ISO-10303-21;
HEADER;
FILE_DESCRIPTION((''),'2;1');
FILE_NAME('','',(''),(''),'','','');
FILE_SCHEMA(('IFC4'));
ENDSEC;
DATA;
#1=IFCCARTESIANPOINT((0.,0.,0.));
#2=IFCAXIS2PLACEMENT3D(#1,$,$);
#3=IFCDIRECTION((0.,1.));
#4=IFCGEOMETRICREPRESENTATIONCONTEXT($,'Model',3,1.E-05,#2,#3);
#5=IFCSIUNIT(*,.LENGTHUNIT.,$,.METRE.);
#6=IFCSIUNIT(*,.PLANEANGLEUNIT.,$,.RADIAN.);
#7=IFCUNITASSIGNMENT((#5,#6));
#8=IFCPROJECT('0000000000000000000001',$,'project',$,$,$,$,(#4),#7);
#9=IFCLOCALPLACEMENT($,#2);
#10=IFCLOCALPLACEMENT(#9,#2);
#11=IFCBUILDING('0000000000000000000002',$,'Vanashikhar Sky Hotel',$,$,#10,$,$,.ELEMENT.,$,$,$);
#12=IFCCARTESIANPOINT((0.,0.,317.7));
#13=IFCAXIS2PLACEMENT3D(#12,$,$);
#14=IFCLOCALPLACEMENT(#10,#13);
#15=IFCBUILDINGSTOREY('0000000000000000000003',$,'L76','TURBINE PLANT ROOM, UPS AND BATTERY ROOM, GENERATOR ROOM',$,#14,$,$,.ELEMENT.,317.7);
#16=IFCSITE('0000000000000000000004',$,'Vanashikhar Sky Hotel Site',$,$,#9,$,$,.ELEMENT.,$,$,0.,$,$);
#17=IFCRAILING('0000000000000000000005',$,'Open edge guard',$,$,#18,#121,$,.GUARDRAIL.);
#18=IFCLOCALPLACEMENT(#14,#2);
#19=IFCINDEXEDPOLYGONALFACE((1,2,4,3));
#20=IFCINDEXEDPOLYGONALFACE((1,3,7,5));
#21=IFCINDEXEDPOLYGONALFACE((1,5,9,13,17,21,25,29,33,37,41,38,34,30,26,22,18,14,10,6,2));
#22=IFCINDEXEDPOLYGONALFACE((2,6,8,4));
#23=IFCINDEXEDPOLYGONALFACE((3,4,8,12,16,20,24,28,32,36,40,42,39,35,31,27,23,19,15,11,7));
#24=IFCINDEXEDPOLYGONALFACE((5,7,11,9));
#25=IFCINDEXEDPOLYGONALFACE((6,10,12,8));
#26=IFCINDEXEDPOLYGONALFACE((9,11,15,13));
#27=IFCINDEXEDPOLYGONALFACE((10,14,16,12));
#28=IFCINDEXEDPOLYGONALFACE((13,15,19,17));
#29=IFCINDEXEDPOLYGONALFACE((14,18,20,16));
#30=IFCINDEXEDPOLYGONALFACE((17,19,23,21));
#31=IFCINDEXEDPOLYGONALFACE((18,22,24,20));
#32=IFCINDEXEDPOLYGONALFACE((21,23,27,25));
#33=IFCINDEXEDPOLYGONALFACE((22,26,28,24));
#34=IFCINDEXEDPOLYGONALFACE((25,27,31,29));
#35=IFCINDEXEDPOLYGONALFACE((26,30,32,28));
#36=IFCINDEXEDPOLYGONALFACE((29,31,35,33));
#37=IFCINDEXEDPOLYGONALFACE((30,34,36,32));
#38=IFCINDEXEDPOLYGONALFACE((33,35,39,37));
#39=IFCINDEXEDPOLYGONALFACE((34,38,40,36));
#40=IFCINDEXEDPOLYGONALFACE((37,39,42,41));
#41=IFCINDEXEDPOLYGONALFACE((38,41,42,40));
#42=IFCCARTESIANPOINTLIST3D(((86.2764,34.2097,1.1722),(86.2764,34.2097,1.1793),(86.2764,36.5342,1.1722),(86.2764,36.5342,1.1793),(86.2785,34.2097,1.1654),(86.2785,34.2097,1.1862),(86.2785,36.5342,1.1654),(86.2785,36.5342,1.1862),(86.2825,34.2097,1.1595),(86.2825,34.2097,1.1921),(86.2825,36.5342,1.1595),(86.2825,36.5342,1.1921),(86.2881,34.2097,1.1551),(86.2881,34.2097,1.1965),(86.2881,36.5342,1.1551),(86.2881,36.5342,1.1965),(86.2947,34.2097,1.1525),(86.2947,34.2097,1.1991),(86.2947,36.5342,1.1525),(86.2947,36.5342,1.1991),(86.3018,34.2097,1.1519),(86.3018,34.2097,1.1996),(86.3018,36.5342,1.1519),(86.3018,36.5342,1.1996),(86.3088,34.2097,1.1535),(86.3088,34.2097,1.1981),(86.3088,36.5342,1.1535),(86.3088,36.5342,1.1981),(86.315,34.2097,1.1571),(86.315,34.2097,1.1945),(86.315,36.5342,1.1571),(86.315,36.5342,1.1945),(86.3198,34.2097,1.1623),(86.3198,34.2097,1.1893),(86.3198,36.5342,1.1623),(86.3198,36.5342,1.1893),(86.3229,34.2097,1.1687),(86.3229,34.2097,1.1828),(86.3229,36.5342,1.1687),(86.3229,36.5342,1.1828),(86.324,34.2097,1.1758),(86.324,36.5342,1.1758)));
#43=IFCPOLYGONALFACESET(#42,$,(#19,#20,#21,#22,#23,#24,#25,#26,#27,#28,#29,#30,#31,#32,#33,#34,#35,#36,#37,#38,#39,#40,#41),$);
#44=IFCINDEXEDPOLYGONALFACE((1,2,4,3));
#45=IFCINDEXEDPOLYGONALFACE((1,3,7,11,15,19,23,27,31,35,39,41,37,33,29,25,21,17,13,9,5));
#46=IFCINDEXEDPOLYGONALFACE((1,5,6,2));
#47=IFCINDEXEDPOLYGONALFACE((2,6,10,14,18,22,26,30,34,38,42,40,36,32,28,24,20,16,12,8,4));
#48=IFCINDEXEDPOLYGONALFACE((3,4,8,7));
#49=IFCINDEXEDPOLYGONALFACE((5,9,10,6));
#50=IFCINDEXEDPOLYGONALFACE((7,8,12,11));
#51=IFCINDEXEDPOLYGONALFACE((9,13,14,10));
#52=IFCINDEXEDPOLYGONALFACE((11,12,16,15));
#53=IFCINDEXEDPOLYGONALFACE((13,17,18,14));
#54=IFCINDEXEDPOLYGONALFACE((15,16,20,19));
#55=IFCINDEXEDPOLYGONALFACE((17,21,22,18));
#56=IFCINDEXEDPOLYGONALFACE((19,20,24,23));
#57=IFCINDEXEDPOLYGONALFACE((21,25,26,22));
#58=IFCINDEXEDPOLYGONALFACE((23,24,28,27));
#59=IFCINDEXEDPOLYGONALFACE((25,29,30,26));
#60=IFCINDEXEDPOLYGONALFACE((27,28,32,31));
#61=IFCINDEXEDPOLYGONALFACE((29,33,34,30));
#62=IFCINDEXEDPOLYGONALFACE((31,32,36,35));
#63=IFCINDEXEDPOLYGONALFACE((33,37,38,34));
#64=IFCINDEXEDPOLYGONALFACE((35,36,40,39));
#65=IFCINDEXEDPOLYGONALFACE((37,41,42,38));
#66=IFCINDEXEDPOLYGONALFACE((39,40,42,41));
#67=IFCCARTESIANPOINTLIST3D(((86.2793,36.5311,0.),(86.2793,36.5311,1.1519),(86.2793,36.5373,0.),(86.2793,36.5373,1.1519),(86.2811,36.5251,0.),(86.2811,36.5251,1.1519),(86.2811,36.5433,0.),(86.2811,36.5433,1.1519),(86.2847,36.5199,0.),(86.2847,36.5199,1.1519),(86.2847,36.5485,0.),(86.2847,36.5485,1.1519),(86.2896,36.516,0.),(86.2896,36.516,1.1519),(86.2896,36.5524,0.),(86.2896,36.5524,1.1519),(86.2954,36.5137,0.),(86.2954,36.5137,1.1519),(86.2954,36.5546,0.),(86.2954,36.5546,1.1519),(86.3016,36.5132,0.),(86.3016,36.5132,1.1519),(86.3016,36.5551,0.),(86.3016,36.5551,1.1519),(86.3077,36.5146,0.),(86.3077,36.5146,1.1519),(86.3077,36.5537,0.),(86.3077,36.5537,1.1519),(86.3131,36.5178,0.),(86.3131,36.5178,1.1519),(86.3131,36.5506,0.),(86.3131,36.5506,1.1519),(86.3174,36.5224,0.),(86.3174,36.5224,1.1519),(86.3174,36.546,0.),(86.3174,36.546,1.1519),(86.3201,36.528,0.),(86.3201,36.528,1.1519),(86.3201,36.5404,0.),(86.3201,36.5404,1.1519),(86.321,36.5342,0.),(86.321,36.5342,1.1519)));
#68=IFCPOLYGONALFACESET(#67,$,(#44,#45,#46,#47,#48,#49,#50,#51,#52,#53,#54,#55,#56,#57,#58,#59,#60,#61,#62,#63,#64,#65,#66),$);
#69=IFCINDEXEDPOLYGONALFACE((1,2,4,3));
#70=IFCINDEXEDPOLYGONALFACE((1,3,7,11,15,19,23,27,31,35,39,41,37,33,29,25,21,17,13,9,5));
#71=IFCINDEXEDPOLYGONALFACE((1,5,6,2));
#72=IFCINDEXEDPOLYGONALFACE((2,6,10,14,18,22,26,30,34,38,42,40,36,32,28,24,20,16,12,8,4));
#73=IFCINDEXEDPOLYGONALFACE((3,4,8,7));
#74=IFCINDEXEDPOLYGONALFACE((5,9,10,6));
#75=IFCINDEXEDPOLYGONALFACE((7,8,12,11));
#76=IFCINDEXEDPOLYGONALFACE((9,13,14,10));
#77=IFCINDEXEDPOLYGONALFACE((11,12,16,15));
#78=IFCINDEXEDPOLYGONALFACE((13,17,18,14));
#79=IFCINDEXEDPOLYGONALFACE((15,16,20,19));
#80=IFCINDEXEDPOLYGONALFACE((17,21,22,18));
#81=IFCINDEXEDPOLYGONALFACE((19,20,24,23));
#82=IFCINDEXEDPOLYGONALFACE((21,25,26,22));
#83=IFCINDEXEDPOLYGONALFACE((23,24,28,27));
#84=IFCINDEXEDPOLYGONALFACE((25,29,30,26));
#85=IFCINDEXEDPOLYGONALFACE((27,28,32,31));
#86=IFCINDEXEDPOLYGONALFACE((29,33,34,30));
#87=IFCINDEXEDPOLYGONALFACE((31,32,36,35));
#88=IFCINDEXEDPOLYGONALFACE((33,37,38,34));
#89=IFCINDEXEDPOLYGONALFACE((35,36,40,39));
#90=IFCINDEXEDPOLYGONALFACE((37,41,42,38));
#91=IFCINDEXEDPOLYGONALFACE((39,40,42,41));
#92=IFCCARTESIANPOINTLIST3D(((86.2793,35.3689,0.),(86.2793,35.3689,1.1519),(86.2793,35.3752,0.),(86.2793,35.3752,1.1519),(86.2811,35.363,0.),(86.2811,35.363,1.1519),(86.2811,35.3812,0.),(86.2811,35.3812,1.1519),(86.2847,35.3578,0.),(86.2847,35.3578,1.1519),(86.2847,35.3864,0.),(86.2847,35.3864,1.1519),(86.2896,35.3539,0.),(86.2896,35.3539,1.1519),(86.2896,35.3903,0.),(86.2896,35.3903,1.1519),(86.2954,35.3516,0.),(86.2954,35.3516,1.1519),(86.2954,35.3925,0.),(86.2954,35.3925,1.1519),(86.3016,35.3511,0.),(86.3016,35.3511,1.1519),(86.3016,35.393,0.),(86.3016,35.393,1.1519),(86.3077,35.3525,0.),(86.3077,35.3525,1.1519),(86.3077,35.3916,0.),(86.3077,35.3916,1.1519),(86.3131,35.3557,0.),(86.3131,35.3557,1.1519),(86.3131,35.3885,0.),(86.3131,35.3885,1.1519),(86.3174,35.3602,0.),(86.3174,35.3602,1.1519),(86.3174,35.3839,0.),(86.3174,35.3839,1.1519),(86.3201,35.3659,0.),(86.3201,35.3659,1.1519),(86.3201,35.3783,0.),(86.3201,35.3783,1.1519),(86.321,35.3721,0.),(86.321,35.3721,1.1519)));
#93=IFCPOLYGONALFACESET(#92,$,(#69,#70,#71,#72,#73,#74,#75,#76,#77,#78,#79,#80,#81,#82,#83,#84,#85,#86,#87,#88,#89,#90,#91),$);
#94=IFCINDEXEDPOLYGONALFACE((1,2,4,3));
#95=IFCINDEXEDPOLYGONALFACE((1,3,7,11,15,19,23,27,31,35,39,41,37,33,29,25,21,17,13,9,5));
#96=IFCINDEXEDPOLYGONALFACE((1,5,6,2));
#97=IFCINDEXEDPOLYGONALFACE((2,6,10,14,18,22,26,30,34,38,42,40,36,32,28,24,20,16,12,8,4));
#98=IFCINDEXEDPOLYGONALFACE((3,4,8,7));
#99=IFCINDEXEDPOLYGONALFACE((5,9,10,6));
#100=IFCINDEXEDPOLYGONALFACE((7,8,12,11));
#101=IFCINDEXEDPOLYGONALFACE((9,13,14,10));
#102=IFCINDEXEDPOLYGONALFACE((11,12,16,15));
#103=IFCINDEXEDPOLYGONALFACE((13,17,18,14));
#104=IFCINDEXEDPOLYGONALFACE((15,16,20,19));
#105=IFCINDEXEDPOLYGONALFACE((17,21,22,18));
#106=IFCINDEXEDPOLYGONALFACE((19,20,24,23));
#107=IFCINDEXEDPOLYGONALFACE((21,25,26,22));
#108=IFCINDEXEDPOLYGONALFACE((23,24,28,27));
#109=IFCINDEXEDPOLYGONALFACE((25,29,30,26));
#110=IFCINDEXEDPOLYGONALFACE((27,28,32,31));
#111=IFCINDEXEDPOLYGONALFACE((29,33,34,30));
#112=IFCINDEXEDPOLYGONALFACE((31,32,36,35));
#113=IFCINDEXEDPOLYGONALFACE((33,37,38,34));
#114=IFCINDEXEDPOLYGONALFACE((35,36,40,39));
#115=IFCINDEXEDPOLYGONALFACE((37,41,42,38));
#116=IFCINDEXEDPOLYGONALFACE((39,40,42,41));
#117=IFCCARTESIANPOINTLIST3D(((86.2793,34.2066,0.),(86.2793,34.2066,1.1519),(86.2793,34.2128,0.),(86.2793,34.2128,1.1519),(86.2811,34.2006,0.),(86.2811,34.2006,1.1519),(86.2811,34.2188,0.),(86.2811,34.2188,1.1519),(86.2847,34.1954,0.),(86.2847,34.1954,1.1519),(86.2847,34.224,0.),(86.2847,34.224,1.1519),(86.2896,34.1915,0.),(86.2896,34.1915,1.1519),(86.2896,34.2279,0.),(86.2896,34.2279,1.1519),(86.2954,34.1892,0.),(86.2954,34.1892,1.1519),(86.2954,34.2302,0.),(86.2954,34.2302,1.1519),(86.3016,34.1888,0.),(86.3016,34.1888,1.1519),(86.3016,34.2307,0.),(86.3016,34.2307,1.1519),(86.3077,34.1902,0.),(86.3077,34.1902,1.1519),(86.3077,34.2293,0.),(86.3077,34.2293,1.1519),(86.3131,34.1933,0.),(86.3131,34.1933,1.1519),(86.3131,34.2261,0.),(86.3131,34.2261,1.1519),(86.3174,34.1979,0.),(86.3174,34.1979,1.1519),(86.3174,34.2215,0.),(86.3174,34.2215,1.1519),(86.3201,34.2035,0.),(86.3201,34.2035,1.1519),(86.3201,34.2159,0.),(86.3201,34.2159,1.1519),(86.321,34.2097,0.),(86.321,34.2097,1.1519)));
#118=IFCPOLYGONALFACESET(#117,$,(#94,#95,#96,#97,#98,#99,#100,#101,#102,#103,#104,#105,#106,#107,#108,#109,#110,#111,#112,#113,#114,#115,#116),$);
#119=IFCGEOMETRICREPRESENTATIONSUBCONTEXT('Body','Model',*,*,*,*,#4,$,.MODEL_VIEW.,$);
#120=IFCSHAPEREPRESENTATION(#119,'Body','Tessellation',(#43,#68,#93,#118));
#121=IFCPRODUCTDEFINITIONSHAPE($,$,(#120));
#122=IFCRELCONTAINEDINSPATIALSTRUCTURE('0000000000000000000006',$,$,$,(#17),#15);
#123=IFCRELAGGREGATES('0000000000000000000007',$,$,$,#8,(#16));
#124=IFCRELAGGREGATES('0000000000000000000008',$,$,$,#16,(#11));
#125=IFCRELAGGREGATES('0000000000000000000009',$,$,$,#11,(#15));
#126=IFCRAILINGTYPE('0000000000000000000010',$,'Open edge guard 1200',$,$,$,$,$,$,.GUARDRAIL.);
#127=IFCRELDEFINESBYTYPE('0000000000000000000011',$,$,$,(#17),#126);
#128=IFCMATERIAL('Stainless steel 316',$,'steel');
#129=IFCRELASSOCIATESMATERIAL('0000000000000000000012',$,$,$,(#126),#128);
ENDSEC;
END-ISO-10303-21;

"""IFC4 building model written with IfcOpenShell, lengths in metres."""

from ifc_helpers import new_model, si_unit, direction, frame, origin, origin_2d, place, context, subcontext, project, spatial, circle, extrude, source, transform, mapped, material, type_object, element, save


model = new_model("IFC4")

# Units and contexts
model_context = context("Model", 3, precision=1e-05, world=origin(), true_north=direction((0.0, 1.0)))
body_context = subcontext(model_context, "Body", "Model", "MODEL_VIEW")
ifc_project = project(units=[si_unit("LENGTHUNIT", "METRE"), si_unit("PLANEANGLEUNIT", "RADIAN")], contexts=[model_context])

# Site, building, storey
site_placement = place(None, origin())
site = spatial("IfcSite", under=ifc_project, at=site_placement, Name="Vanashikhar Sky Hotel Site", CompositionType="ELEMENT", RefElevation=0.0)
building_placement = place(site_placement, origin())
building = spatial("IfcBuilding", under=site, at=building_placement, Name="Vanashikhar Sky Hotel", CompositionType="ELEMENT")
storey_placement = place(building_placement, frame((0.0, 0.0, 317.7)))
storey = spatial("IfcBuildingStorey", under=building, at=storey_placement, Name="L76", Description="TURBINE PLANT ROOM, UPS AND BATTERY ROOM, GENERATOR ROOM", CompositionType="ELEMENT", Elevation=317.7)

# Railing
ifc_material_1 = material(Name="Stainless steel 316", Category="steel")
railing_type = type_object("IfcRailingType", Name="Open edge guard 1200", PredefinedType="GUARDRAIL", material=ifc_material_1)
shared_shape_1 = source(origin(), body_context, "Body", "SweptSolid", [
    extrude(circle(Radius=0.0239, at=origin_2d()), frame((0.0, 0.0, 1.1758), z_axis=(0.0, -1.0, 0.0), x_axis=(1.0, 0.0, 0.0)), (0.0, 0.0, 1.0), 2.3245),
    extrude(circle(Radius=0.021, at=origin_2d()), origin(), (0.0, 0.0, 1.0), 1.1519),
    extrude(circle(Radius=0.021, at=origin_2d()), frame((0.0, -1.1621, 0.0)), (0.0, 0.0, 1.0), 1.1519),
    extrude(circle(Radius=0.021, at=origin_2d()), frame((0.0, -2.3245, 0.0)), (0.0, 0.0, 1.0), 1.1519),
])
for number, where, name in (
    (1, (86.3, 36.5342, 0.0), "Open edge guard"),
):
    element("IfcRailing", number, at=place(storey_placement, frame(where)), inside=storey, type_object=railing_type, Name=name, PredefinedType="GUARDRAIL", context=body_context, shape_type="MappedRepresentation", body=[
        mapped(shared_shape_1, transform((0.0, 0.0, 0.0), scale=1.0)),
    ])

save(model, "model.ifc")
